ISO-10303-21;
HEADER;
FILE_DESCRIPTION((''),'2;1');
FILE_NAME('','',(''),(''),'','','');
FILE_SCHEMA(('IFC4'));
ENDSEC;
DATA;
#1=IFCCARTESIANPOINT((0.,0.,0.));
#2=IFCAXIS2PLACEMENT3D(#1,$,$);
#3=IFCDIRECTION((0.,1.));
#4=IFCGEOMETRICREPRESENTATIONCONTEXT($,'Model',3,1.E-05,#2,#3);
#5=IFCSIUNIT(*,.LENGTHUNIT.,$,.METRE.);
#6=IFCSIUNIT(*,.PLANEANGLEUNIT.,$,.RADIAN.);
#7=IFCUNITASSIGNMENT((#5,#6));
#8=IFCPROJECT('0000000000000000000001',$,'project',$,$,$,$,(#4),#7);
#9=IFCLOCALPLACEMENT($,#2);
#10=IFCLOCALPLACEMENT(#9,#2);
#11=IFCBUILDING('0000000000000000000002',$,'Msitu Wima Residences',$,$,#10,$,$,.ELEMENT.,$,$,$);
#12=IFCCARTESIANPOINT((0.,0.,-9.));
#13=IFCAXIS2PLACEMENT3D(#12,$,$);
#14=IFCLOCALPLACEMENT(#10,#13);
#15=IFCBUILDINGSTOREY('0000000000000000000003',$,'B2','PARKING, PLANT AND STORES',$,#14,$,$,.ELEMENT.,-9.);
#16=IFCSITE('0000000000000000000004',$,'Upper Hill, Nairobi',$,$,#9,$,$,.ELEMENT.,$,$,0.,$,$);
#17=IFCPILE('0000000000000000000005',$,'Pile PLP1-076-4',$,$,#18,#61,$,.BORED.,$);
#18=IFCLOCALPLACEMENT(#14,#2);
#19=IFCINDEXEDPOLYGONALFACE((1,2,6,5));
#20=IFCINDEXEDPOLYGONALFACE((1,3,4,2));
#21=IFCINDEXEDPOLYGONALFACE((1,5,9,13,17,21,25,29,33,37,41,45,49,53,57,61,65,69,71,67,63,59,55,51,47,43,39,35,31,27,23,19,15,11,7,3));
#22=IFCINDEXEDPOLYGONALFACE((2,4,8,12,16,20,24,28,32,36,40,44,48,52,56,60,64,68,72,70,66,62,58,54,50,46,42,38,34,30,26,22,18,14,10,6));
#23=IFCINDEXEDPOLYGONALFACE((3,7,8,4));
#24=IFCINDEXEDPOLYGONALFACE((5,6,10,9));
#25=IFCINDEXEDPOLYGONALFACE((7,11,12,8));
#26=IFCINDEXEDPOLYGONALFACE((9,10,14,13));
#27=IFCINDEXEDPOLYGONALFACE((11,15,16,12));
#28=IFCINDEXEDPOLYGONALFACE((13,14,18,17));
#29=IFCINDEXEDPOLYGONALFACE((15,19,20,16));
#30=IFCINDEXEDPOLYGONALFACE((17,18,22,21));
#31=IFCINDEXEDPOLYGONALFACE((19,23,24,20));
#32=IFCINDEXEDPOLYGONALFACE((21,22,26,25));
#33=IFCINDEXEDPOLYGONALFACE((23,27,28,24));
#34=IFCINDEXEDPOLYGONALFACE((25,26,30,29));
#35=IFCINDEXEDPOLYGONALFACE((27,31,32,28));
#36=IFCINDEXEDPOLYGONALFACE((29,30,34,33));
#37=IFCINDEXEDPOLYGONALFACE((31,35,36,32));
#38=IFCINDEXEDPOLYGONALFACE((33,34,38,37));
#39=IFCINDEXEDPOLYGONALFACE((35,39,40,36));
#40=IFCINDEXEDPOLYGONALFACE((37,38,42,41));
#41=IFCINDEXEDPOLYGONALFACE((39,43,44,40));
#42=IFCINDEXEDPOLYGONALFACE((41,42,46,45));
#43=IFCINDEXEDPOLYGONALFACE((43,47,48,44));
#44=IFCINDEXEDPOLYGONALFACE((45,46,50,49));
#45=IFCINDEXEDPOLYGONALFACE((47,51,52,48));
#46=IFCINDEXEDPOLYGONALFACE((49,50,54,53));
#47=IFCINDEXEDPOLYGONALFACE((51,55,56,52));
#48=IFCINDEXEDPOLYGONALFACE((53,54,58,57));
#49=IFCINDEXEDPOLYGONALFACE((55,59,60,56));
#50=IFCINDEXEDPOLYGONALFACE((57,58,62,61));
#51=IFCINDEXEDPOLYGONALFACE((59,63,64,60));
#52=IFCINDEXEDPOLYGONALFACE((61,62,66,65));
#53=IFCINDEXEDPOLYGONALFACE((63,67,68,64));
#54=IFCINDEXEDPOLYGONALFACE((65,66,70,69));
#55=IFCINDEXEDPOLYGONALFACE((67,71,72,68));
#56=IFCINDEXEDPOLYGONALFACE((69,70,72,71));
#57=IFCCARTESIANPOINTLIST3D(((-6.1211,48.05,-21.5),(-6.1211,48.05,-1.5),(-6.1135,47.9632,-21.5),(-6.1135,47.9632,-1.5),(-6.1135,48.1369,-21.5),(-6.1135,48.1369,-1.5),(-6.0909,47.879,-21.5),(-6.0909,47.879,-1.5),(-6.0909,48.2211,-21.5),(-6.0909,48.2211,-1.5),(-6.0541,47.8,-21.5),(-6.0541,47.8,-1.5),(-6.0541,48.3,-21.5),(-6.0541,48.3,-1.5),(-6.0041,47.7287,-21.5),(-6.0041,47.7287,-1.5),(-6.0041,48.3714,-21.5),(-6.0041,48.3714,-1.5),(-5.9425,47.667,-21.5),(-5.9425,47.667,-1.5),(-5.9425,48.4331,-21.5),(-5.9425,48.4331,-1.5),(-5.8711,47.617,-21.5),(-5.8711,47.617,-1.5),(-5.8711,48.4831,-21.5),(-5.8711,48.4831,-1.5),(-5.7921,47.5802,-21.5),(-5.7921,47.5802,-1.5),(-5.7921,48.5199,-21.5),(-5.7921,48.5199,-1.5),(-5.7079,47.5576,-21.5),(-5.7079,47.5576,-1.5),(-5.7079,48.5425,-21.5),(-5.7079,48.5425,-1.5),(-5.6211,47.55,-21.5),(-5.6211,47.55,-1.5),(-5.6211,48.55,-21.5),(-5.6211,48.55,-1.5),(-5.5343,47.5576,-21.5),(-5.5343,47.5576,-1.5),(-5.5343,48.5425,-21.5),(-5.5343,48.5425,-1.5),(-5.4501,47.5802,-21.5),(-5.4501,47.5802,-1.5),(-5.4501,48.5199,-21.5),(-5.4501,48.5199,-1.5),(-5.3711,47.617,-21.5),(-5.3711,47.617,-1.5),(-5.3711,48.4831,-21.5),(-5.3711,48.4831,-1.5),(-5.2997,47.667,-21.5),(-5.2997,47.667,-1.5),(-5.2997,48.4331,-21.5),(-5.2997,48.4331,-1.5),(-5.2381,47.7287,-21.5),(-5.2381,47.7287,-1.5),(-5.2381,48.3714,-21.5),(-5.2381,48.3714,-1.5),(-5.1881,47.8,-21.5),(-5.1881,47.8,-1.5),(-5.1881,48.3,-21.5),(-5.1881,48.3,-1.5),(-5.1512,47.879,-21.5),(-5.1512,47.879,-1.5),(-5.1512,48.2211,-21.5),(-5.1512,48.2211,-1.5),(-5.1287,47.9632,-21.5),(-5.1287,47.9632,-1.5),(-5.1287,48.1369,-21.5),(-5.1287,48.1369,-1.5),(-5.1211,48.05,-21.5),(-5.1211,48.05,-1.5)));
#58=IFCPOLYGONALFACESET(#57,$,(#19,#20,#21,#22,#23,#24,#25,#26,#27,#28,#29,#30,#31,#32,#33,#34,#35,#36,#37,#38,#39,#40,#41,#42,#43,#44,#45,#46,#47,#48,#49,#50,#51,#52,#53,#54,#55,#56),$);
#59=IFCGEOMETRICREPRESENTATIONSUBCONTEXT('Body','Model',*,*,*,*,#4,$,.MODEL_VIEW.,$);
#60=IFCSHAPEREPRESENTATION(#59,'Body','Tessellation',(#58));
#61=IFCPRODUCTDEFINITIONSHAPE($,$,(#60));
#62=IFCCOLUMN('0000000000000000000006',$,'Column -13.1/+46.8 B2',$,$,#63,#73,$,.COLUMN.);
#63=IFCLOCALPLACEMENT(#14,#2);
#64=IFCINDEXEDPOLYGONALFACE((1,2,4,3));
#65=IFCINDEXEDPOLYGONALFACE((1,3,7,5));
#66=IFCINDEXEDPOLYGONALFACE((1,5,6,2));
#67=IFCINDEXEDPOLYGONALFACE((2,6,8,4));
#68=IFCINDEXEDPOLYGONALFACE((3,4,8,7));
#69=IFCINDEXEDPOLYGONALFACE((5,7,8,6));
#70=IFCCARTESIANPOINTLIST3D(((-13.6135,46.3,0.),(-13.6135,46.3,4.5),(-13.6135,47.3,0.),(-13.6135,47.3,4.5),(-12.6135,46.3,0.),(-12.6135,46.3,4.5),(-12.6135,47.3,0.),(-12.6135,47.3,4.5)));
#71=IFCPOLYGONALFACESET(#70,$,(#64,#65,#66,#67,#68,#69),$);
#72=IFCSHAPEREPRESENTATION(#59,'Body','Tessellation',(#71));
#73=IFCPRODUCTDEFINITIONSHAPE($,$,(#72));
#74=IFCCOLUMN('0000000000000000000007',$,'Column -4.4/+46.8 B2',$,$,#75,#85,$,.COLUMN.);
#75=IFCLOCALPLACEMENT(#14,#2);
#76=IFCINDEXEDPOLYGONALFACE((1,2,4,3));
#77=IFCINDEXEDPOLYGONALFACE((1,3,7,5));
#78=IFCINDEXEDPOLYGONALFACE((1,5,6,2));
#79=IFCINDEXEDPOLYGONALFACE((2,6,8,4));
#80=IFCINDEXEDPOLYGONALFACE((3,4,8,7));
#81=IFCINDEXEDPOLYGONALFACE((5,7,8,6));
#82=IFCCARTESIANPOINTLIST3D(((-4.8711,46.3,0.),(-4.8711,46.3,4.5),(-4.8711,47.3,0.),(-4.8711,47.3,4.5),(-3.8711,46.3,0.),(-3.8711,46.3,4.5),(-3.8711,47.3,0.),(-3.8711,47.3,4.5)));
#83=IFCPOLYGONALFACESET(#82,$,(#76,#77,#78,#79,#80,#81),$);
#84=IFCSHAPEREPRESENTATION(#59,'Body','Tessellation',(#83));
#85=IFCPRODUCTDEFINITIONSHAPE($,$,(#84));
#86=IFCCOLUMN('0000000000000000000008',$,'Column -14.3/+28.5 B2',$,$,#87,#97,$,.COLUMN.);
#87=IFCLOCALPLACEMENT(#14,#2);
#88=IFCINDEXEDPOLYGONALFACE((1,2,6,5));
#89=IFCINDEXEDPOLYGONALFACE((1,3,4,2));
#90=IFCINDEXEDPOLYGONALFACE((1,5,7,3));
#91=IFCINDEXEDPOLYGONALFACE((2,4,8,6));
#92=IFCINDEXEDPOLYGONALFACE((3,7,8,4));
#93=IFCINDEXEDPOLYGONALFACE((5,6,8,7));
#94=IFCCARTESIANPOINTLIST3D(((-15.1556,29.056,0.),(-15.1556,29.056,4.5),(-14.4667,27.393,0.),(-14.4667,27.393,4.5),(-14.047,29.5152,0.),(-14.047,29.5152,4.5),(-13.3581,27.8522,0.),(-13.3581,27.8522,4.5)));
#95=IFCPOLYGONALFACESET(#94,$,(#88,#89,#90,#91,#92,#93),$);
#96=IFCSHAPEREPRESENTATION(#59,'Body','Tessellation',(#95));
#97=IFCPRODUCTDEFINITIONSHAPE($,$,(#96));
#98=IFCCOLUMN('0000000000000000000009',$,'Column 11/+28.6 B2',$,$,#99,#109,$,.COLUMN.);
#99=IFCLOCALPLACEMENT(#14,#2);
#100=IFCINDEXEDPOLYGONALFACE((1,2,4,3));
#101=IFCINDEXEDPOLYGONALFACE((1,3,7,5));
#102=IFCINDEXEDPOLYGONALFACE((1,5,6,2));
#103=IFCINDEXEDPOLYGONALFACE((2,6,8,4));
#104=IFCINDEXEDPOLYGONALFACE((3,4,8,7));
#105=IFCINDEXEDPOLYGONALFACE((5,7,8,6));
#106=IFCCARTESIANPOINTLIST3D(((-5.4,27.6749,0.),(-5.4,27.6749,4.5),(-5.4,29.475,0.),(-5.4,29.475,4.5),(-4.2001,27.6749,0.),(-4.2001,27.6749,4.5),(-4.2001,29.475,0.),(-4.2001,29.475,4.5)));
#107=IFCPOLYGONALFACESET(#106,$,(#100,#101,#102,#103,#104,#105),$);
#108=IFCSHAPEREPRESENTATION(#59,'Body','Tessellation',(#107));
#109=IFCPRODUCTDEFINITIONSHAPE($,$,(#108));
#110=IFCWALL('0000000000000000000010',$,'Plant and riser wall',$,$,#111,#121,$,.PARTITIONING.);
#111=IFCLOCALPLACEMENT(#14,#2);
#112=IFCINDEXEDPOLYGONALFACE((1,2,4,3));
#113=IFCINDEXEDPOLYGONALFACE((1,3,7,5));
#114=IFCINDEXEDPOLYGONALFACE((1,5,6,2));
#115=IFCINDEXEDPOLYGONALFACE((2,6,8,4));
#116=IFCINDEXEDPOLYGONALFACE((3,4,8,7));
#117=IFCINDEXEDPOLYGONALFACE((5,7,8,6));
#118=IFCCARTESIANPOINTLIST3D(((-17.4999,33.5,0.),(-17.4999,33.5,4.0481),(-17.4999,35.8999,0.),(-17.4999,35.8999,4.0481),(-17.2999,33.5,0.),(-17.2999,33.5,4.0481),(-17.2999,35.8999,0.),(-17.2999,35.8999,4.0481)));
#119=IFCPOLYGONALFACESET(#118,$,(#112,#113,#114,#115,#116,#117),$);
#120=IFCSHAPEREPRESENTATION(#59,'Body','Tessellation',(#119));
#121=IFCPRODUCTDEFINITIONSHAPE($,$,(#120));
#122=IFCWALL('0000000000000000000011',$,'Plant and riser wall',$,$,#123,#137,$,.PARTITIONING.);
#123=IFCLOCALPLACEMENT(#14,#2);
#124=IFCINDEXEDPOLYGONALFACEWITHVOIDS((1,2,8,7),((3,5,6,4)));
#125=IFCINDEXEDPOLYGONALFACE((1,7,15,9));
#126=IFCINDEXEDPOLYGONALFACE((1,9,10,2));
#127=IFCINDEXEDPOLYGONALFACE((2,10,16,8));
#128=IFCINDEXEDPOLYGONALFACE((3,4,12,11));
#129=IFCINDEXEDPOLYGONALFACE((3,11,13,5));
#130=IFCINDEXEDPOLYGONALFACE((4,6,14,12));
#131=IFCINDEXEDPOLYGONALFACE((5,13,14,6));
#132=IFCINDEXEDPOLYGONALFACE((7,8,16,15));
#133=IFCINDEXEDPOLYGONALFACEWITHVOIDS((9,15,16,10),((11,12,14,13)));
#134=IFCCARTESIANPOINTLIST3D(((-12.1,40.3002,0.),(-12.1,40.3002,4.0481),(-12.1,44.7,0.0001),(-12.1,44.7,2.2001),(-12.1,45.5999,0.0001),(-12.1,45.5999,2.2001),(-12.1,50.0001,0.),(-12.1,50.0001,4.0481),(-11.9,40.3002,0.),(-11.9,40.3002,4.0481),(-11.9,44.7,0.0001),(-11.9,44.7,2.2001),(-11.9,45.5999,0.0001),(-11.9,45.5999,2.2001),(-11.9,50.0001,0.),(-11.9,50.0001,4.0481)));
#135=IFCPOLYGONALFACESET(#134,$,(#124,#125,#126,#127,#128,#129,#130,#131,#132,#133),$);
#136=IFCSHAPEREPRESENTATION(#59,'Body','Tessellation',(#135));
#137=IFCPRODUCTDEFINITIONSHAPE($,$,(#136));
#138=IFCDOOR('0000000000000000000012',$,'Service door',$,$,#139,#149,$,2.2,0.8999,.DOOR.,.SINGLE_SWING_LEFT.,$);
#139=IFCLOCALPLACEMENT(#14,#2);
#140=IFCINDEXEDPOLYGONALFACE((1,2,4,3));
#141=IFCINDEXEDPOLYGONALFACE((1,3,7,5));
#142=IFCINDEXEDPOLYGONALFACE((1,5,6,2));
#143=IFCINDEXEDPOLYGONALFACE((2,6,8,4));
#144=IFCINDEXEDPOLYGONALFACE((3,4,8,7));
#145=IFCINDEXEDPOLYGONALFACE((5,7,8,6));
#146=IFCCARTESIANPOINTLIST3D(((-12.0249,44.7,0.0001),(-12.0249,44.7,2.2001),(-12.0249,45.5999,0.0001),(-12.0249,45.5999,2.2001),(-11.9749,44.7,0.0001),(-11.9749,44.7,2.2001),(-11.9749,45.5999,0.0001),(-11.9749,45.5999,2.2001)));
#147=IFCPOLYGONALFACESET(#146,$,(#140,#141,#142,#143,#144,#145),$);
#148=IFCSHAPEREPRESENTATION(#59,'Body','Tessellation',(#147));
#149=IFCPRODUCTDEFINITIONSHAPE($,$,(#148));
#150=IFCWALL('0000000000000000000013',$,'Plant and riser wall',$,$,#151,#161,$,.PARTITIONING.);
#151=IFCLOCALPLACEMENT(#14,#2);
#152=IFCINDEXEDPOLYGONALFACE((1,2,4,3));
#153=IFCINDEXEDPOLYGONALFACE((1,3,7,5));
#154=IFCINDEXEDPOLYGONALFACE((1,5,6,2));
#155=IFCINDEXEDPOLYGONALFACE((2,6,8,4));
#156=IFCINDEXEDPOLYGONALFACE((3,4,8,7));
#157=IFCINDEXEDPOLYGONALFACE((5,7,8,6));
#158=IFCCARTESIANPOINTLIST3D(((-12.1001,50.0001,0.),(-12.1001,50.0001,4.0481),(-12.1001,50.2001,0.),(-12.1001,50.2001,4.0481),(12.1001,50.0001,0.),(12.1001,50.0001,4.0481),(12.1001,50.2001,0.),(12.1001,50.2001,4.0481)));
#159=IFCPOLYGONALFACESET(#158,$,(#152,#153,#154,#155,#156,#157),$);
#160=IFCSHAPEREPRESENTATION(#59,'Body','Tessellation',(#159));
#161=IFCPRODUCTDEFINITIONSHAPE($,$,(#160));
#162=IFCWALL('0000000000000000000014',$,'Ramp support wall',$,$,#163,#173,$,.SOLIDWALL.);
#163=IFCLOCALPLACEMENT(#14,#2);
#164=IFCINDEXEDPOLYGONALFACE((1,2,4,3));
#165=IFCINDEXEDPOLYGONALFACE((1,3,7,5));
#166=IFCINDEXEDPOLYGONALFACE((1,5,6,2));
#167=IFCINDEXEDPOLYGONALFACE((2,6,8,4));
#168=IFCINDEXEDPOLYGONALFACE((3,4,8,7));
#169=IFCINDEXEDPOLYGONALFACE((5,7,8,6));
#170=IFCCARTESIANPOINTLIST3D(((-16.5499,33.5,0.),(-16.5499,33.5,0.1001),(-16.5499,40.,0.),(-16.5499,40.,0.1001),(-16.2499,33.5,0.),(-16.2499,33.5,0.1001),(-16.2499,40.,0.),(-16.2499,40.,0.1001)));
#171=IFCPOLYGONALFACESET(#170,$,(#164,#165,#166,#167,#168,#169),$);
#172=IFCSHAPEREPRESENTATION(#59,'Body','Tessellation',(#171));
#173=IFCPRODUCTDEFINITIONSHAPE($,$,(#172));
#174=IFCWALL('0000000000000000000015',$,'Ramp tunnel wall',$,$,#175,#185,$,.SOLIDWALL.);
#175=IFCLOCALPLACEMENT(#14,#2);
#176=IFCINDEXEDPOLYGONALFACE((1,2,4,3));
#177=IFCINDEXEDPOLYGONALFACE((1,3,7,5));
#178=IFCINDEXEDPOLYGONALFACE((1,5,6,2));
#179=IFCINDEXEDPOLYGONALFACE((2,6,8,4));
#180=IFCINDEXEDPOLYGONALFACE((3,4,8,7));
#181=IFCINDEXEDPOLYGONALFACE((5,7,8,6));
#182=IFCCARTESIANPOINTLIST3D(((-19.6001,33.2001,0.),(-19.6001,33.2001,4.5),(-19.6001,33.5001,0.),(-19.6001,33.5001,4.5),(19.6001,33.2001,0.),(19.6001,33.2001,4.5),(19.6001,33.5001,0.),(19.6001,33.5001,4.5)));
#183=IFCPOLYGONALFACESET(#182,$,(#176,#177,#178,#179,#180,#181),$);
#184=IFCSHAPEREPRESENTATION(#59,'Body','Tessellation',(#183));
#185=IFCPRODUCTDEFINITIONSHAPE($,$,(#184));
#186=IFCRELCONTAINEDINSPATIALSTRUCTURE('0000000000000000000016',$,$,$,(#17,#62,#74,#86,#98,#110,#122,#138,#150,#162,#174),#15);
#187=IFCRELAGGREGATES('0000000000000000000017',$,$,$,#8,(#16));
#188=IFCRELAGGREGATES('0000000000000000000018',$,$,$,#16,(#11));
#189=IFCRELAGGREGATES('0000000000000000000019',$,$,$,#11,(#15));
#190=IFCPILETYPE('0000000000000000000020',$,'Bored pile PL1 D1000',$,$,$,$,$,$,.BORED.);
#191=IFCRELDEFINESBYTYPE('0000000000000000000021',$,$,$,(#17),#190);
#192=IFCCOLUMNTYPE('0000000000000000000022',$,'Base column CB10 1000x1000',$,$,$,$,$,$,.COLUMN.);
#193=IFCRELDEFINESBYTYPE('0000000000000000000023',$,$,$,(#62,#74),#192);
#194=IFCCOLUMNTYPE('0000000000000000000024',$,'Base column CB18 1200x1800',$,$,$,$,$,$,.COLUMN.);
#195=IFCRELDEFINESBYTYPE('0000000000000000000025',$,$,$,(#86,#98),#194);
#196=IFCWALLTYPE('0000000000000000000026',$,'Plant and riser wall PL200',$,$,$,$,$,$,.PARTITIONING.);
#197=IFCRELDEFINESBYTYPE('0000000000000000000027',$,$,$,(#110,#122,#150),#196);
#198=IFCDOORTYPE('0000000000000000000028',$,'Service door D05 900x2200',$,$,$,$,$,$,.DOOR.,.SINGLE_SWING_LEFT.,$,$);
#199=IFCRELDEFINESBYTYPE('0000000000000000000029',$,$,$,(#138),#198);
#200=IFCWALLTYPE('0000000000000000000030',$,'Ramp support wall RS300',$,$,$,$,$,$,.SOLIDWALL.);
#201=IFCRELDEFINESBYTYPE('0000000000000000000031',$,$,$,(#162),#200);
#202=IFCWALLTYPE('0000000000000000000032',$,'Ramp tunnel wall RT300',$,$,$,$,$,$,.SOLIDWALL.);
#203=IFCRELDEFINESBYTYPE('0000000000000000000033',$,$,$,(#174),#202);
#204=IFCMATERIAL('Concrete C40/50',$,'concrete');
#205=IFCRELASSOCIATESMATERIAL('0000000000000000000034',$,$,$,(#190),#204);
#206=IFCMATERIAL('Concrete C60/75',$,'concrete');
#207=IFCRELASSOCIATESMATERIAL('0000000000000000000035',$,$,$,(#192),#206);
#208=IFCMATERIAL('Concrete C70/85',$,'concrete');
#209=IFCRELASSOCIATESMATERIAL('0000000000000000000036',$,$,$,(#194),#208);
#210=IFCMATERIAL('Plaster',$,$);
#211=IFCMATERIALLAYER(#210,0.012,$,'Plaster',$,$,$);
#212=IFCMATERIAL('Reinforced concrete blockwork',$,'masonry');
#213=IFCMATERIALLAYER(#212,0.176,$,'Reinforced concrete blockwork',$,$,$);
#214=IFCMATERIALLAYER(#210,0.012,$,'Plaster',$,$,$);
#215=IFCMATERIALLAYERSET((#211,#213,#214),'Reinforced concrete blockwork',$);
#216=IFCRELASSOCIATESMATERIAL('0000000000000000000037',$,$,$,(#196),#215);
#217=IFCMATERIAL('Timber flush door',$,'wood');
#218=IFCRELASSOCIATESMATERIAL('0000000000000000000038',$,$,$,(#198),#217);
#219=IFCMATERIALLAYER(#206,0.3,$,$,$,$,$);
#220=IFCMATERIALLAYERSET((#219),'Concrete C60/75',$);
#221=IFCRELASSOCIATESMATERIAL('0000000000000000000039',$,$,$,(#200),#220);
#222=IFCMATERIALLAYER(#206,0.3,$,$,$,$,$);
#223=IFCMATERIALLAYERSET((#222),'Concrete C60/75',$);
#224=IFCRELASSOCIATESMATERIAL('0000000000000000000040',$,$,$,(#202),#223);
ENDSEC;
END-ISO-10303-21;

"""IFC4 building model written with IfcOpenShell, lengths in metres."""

from ifc_helpers import new_model, si_unit, direction, frame, frame_2d, origin, origin_2d, place, context, subcontext, project, spatial, rectangle, circle, extrude, material, layer, layer_set, material_profile, profile_set, type_object, element, fill, save


model = new_model("IFC4")

# Units and contexts
model_context = context("Model", 3, precision=1e-05, world=origin(), true_north=direction((0.0, 1.0)))
body_context = subcontext(model_context, "Body", "Model", "MODEL_VIEW")
ifc_project = project(units=[si_unit("LENGTHUNIT", "METRE"), si_unit("PLANEANGLEUNIT", "RADIAN")], contexts=[model_context])

# Site, building, storey
site_placement = place(None, origin())
site = spatial("IfcSite", under=ifc_project, at=site_placement, Name="Upper Hill, Nairobi", CompositionType="ELEMENT", RefElevation=0.0)
building_placement = place(site_placement, origin())
building = spatial("IfcBuilding", under=site, at=building_placement, Name="Msitu Wima Residences", CompositionType="ELEMENT")
storey_placement = place(building_placement, frame((0.0, 0.0, -9.0)))
storey = spatial("IfcBuildingStorey", under=building, at=storey_placement, Name="B2", Description="PARKING, PLANT AND STORES", CompositionType="ELEMENT", Elevation=-9.0)

# Pile
ifc_material_1 = material(Name="Concrete C40/50", Category="concrete")
pile_type_1 = type_object("IfcPileType", Name="Bored pile PL1 D1000", PredefinedType="BORED", material=ifc_material_1)
for number, where, z_axis, x_axis, name in (
    (1, (-5.6211, 48.05, -1.5), (0.0, 0.0, -1.0), (1.0, 0.0, 0.0), "Pile PLP1-076-4"),
):
    element("IfcPile", number, at=place(storey_placement, frame(where, z_axis=z_axis, x_axis=x_axis)), inside=storey, type_object=pile_type_1, Name=name, PredefinedType="BORED", context=body_context, shape_type="SweptSolid", body=[
        extrude(circle(Radius=0.5, at=origin_2d()), origin(), (0.0, 0.0, 1.0), 20.0),
    ])

# Columns
ifc_material_2 = material(Name="Concrete C60/75", Category="concrete")
ifc_material_profile_1 = material_profile(ifc_material_2, rectangle(XDim=1.0, YDim=1.0, at=origin_2d()), Name="RC 1000x1000")
ifc_profile_set_1 = profile_set([ifc_material_profile_1], Name="Concrete C60/75")
column_type_1 = type_object("IfcColumnType", Name="Base column CB10 1000x1000", PredefinedType="COLUMN", material=ifc_profile_set_1)
for number, where, z_axis, x_axis, name in (
    (2, (-13.1135, 46.8, 0.0), (0.0, 0.0, 1.0), (1.0, 0.0, 0.0), "Column -13.1/+46.8 B2"),
    (3, (-4.3711, 46.8, 0.0), (0.0, 0.0, 1.0), (1.0, 0.0, 0.0), "Column -4.4/+46.8 B2"),
):
    element("IfcColumn", number, at=place(storey_placement, frame(where, z_axis=z_axis, x_axis=x_axis)), inside=storey, type_object=column_type_1, Name=name, PredefinedType="COLUMN", context=body_context, shape_type="SweptSolid", body=[
        extrude(rectangle(XDim=1.0, YDim=1.0, at=origin_2d()), origin(), (0.0, 0.0, 1.0), 4.5),
    ])
ifc_material_3 = material(Name="Concrete C70/85", Category="concrete")
ifc_material_profile_2 = material_profile(ifc_material_3, rectangle(XDim=1.2, YDim=1.8, at=origin_2d()), Name="RC 1200x1800")
ifc_profile_set_2 = profile_set([ifc_material_profile_2], Name="Concrete C70/85")
column_type_2 = type_object("IfcColumnType", Name="Base column CB18 1200x1800", PredefinedType="COLUMN", material=ifc_profile_set_2)
for number, where, z_axis, x_axis, name in (
    (4, (-14.2568, 28.4541, 0.0), (0.0, 0.0, 1.0), (-0.92388, -0.382683, 0.0), "Column -14.3/+28.5 B2"),
    (5, (-4.8, 28.575, 0.0), (0.0, 0.0, 1.0), (-1.0, 0.0, 0.0), "Column 11/+28.6 B2"),
):
    element("IfcColumn", number, at=place(storey_placement, frame(where, z_axis=z_axis, x_axis=x_axis)), inside=storey, type_object=column_type_2, Name=name, PredefinedType="COLUMN", context=body_context, shape_type="SweptSolid", body=[
        extrude(rectangle(XDim=1.2, YDim=1.8, at=origin_2d()), origin(), (0.0, 0.0, 1.0), 4.5),
    ])

# Wall
ifc_material_4 = material(Name="Plaster")
ifc_layer_1 = layer(ifc_material_4, 0.012, Name="Plaster")
ifc_material_5 = material(Name="Reinforced concrete blockwork", Category="masonry")
ifc_layer_2 = layer(ifc_material_5, 0.176, Name="Reinforced concrete blockwork")
ifc_layer_3 = layer(ifc_material_4, 0.012, Name="Plaster")
ifc_layer_set_1 = layer_set([ifc_layer_1, ifc_layer_2, ifc_layer_3], Name="Reinforced concrete blockwork")
wall_type_1 = type_object("IfcWallType", Name="Plant and riser wall PL200", PredefinedType="PARTITIONING", material=ifc_layer_set_1)
wall_1_placement = place(storey_placement, frame((-17.3999, 33.5, 0.0), z_axis=(0.0, 0.0, 1.0), x_axis=(0.0, 1.0, 0.0)))
element("IfcWall", 6, at=wall_1_placement, inside=storey, type_object=wall_type_1, Name="Plant and riser wall", PredefinedType="PARTITIONING", context=body_context, shape_type="SweptSolid", body=[
    extrude(rectangle(XDim=2.3999, YDim=0.2, at=frame_2d((1.2, 0.0))), origin(), (0.0, 0.0, 1.0), 4.0481),
])

# Wall, opening, door
wall_2_placement = place(storey_placement, frame((-12.0, 40.3, 0.0), z_axis=(0.0, 0.0, 1.0), x_axis=(0.0, 1.0, 0.0)))
wall_2 = element("IfcWall", 7, at=wall_2_placement, inside=storey, type_object=wall_type_1, Name="Plant and riser wall", PredefinedType="PARTITIONING", context=body_context, shape_type="SweptSolid", body=[
    extrude(rectangle(XDim=9.7, YDim=0.2, at=frame_2d((4.8501, 0.0))), origin(), (0.0, 0.0, 1.0), 4.0481),
])
opening_placement = place(wall_2_placement, frame((4.3999, 0.0, 0.0)))
opening = element("IfcOpeningElement", 8, at=opening_placement, cuts=wall_2, PredefinedType="OPENING", context=body_context, shape_type="SweptSolid", body=[
    extrude(rectangle(XDim=0.8999, YDim=2.2, at=frame_2d((0.45, 1.1001))), frame((0.0, 0.1099, 0.0), z_axis=(0.0, -1.0, 0.0), x_axis=(1.0, 0.0, 0.0)), (0.0, 0.0, 1.0), 0.22),
])
ifc_material_6 = material(Name="Timber flush door", Category="wood")
door_type = type_object("IfcDoorType", Name="Service door D05 900x2200", OperationType="SINGLE_SWING_LEFT", PredefinedType="DOOR", material=ifc_material_6)
door_placement = place(opening_placement, origin())
door = element("IfcDoor", 9, at=door_placement, inside=storey, type_object=door_type, Name="Service door", OperationType="SINGLE_SWING_LEFT", OverallHeight=2.2, OverallWidth=0.8999, PredefinedType="DOOR", context=body_context, shape_type="SweptSolid", body=[
    extrude(rectangle(XDim=0.8999, YDim=2.2, at=frame_2d((0.45, 1.1001))), frame((0.0, 0.0249, 0.0), z_axis=(0.0, -1.0, 0.0), x_axis=(1.0, 0.0, 0.0)), (0.0, 0.0, 1.0), 0.05),
])
fill(opening, door)

# Walls
wall_3_placement = place(storey_placement, frame((-12.1001, 50.1001, 0.0), z_axis=(0.0, 0.0, 1.0), x_axis=(1.0, 0.0, 0.0)))
element("IfcWall", 10, at=wall_3_placement, inside=storey, type_object=wall_type_1, Name="Plant and riser wall", PredefinedType="PARTITIONING", context=body_context, shape_type="SweptSolid", body=[
    extrude(rectangle(XDim=24.2002, YDim=0.2, at=frame_2d((12.1001, 0.0))), origin(), (0.0, 0.0, 1.0), 4.0481),
])
ifc_layer_4 = layer(ifc_material_2, 0.3)
ifc_layer_set_2 = layer_set([ifc_layer_4], Name="Concrete C60/75")
wall_type_2 = type_object("IfcWallType", Name="Ramp support wall RS300", PredefinedType="SOLIDWALL", material=ifc_layer_set_2)
wall_4_placement = place(storey_placement, frame((-16.3999, 33.5, 0.0), z_axis=(0.0, 0.0, 1.0), x_axis=(0.0, 1.0, 0.0)))
element("IfcWall", 11, at=wall_4_placement, inside=storey, type_object=wall_type_2, Name="Ramp support wall", PredefinedType="SOLIDWALL", context=body_context, shape_type="SweptSolid", body=[
    extrude(rectangle(XDim=6.5, YDim=0.3, at=frame_2d((3.25, 0.0))), origin(), (0.0, 0.0, 1.0), 0.1001),
])
ifc_layer_5 = layer(ifc_material_2, 0.3)
ifc_layer_set_3 = layer_set([ifc_layer_5], Name="Concrete C60/75")
wall_type_3 = type_object("IfcWallType", Name="Ramp tunnel wall RT300", PredefinedType="SOLIDWALL", material=ifc_layer_set_3)
for number, where, z_axis, x_axis, name in (
    (12, (-19.6001, 33.3501, 0.0), (0.0, 0.0, 1.0), (1.0, 0.0, 0.0), "Ramp tunnel wall"),
):
    element("IfcWall", number, at=place(storey_placement, frame(where, z_axis=z_axis, x_axis=x_axis)), inside=storey, type_object=wall_type_3, Name=name, PredefinedType="SOLIDWALL", context=body_context, shape_type="SweptSolid", body=[
        extrude(rectangle(XDim=39.2002, YDim=0.3, at=frame_2d((19.6001, 0.0))), origin(), (0.0, 0.0, 1.0), 4.5),
    ])

save(model, "model.ifc")
